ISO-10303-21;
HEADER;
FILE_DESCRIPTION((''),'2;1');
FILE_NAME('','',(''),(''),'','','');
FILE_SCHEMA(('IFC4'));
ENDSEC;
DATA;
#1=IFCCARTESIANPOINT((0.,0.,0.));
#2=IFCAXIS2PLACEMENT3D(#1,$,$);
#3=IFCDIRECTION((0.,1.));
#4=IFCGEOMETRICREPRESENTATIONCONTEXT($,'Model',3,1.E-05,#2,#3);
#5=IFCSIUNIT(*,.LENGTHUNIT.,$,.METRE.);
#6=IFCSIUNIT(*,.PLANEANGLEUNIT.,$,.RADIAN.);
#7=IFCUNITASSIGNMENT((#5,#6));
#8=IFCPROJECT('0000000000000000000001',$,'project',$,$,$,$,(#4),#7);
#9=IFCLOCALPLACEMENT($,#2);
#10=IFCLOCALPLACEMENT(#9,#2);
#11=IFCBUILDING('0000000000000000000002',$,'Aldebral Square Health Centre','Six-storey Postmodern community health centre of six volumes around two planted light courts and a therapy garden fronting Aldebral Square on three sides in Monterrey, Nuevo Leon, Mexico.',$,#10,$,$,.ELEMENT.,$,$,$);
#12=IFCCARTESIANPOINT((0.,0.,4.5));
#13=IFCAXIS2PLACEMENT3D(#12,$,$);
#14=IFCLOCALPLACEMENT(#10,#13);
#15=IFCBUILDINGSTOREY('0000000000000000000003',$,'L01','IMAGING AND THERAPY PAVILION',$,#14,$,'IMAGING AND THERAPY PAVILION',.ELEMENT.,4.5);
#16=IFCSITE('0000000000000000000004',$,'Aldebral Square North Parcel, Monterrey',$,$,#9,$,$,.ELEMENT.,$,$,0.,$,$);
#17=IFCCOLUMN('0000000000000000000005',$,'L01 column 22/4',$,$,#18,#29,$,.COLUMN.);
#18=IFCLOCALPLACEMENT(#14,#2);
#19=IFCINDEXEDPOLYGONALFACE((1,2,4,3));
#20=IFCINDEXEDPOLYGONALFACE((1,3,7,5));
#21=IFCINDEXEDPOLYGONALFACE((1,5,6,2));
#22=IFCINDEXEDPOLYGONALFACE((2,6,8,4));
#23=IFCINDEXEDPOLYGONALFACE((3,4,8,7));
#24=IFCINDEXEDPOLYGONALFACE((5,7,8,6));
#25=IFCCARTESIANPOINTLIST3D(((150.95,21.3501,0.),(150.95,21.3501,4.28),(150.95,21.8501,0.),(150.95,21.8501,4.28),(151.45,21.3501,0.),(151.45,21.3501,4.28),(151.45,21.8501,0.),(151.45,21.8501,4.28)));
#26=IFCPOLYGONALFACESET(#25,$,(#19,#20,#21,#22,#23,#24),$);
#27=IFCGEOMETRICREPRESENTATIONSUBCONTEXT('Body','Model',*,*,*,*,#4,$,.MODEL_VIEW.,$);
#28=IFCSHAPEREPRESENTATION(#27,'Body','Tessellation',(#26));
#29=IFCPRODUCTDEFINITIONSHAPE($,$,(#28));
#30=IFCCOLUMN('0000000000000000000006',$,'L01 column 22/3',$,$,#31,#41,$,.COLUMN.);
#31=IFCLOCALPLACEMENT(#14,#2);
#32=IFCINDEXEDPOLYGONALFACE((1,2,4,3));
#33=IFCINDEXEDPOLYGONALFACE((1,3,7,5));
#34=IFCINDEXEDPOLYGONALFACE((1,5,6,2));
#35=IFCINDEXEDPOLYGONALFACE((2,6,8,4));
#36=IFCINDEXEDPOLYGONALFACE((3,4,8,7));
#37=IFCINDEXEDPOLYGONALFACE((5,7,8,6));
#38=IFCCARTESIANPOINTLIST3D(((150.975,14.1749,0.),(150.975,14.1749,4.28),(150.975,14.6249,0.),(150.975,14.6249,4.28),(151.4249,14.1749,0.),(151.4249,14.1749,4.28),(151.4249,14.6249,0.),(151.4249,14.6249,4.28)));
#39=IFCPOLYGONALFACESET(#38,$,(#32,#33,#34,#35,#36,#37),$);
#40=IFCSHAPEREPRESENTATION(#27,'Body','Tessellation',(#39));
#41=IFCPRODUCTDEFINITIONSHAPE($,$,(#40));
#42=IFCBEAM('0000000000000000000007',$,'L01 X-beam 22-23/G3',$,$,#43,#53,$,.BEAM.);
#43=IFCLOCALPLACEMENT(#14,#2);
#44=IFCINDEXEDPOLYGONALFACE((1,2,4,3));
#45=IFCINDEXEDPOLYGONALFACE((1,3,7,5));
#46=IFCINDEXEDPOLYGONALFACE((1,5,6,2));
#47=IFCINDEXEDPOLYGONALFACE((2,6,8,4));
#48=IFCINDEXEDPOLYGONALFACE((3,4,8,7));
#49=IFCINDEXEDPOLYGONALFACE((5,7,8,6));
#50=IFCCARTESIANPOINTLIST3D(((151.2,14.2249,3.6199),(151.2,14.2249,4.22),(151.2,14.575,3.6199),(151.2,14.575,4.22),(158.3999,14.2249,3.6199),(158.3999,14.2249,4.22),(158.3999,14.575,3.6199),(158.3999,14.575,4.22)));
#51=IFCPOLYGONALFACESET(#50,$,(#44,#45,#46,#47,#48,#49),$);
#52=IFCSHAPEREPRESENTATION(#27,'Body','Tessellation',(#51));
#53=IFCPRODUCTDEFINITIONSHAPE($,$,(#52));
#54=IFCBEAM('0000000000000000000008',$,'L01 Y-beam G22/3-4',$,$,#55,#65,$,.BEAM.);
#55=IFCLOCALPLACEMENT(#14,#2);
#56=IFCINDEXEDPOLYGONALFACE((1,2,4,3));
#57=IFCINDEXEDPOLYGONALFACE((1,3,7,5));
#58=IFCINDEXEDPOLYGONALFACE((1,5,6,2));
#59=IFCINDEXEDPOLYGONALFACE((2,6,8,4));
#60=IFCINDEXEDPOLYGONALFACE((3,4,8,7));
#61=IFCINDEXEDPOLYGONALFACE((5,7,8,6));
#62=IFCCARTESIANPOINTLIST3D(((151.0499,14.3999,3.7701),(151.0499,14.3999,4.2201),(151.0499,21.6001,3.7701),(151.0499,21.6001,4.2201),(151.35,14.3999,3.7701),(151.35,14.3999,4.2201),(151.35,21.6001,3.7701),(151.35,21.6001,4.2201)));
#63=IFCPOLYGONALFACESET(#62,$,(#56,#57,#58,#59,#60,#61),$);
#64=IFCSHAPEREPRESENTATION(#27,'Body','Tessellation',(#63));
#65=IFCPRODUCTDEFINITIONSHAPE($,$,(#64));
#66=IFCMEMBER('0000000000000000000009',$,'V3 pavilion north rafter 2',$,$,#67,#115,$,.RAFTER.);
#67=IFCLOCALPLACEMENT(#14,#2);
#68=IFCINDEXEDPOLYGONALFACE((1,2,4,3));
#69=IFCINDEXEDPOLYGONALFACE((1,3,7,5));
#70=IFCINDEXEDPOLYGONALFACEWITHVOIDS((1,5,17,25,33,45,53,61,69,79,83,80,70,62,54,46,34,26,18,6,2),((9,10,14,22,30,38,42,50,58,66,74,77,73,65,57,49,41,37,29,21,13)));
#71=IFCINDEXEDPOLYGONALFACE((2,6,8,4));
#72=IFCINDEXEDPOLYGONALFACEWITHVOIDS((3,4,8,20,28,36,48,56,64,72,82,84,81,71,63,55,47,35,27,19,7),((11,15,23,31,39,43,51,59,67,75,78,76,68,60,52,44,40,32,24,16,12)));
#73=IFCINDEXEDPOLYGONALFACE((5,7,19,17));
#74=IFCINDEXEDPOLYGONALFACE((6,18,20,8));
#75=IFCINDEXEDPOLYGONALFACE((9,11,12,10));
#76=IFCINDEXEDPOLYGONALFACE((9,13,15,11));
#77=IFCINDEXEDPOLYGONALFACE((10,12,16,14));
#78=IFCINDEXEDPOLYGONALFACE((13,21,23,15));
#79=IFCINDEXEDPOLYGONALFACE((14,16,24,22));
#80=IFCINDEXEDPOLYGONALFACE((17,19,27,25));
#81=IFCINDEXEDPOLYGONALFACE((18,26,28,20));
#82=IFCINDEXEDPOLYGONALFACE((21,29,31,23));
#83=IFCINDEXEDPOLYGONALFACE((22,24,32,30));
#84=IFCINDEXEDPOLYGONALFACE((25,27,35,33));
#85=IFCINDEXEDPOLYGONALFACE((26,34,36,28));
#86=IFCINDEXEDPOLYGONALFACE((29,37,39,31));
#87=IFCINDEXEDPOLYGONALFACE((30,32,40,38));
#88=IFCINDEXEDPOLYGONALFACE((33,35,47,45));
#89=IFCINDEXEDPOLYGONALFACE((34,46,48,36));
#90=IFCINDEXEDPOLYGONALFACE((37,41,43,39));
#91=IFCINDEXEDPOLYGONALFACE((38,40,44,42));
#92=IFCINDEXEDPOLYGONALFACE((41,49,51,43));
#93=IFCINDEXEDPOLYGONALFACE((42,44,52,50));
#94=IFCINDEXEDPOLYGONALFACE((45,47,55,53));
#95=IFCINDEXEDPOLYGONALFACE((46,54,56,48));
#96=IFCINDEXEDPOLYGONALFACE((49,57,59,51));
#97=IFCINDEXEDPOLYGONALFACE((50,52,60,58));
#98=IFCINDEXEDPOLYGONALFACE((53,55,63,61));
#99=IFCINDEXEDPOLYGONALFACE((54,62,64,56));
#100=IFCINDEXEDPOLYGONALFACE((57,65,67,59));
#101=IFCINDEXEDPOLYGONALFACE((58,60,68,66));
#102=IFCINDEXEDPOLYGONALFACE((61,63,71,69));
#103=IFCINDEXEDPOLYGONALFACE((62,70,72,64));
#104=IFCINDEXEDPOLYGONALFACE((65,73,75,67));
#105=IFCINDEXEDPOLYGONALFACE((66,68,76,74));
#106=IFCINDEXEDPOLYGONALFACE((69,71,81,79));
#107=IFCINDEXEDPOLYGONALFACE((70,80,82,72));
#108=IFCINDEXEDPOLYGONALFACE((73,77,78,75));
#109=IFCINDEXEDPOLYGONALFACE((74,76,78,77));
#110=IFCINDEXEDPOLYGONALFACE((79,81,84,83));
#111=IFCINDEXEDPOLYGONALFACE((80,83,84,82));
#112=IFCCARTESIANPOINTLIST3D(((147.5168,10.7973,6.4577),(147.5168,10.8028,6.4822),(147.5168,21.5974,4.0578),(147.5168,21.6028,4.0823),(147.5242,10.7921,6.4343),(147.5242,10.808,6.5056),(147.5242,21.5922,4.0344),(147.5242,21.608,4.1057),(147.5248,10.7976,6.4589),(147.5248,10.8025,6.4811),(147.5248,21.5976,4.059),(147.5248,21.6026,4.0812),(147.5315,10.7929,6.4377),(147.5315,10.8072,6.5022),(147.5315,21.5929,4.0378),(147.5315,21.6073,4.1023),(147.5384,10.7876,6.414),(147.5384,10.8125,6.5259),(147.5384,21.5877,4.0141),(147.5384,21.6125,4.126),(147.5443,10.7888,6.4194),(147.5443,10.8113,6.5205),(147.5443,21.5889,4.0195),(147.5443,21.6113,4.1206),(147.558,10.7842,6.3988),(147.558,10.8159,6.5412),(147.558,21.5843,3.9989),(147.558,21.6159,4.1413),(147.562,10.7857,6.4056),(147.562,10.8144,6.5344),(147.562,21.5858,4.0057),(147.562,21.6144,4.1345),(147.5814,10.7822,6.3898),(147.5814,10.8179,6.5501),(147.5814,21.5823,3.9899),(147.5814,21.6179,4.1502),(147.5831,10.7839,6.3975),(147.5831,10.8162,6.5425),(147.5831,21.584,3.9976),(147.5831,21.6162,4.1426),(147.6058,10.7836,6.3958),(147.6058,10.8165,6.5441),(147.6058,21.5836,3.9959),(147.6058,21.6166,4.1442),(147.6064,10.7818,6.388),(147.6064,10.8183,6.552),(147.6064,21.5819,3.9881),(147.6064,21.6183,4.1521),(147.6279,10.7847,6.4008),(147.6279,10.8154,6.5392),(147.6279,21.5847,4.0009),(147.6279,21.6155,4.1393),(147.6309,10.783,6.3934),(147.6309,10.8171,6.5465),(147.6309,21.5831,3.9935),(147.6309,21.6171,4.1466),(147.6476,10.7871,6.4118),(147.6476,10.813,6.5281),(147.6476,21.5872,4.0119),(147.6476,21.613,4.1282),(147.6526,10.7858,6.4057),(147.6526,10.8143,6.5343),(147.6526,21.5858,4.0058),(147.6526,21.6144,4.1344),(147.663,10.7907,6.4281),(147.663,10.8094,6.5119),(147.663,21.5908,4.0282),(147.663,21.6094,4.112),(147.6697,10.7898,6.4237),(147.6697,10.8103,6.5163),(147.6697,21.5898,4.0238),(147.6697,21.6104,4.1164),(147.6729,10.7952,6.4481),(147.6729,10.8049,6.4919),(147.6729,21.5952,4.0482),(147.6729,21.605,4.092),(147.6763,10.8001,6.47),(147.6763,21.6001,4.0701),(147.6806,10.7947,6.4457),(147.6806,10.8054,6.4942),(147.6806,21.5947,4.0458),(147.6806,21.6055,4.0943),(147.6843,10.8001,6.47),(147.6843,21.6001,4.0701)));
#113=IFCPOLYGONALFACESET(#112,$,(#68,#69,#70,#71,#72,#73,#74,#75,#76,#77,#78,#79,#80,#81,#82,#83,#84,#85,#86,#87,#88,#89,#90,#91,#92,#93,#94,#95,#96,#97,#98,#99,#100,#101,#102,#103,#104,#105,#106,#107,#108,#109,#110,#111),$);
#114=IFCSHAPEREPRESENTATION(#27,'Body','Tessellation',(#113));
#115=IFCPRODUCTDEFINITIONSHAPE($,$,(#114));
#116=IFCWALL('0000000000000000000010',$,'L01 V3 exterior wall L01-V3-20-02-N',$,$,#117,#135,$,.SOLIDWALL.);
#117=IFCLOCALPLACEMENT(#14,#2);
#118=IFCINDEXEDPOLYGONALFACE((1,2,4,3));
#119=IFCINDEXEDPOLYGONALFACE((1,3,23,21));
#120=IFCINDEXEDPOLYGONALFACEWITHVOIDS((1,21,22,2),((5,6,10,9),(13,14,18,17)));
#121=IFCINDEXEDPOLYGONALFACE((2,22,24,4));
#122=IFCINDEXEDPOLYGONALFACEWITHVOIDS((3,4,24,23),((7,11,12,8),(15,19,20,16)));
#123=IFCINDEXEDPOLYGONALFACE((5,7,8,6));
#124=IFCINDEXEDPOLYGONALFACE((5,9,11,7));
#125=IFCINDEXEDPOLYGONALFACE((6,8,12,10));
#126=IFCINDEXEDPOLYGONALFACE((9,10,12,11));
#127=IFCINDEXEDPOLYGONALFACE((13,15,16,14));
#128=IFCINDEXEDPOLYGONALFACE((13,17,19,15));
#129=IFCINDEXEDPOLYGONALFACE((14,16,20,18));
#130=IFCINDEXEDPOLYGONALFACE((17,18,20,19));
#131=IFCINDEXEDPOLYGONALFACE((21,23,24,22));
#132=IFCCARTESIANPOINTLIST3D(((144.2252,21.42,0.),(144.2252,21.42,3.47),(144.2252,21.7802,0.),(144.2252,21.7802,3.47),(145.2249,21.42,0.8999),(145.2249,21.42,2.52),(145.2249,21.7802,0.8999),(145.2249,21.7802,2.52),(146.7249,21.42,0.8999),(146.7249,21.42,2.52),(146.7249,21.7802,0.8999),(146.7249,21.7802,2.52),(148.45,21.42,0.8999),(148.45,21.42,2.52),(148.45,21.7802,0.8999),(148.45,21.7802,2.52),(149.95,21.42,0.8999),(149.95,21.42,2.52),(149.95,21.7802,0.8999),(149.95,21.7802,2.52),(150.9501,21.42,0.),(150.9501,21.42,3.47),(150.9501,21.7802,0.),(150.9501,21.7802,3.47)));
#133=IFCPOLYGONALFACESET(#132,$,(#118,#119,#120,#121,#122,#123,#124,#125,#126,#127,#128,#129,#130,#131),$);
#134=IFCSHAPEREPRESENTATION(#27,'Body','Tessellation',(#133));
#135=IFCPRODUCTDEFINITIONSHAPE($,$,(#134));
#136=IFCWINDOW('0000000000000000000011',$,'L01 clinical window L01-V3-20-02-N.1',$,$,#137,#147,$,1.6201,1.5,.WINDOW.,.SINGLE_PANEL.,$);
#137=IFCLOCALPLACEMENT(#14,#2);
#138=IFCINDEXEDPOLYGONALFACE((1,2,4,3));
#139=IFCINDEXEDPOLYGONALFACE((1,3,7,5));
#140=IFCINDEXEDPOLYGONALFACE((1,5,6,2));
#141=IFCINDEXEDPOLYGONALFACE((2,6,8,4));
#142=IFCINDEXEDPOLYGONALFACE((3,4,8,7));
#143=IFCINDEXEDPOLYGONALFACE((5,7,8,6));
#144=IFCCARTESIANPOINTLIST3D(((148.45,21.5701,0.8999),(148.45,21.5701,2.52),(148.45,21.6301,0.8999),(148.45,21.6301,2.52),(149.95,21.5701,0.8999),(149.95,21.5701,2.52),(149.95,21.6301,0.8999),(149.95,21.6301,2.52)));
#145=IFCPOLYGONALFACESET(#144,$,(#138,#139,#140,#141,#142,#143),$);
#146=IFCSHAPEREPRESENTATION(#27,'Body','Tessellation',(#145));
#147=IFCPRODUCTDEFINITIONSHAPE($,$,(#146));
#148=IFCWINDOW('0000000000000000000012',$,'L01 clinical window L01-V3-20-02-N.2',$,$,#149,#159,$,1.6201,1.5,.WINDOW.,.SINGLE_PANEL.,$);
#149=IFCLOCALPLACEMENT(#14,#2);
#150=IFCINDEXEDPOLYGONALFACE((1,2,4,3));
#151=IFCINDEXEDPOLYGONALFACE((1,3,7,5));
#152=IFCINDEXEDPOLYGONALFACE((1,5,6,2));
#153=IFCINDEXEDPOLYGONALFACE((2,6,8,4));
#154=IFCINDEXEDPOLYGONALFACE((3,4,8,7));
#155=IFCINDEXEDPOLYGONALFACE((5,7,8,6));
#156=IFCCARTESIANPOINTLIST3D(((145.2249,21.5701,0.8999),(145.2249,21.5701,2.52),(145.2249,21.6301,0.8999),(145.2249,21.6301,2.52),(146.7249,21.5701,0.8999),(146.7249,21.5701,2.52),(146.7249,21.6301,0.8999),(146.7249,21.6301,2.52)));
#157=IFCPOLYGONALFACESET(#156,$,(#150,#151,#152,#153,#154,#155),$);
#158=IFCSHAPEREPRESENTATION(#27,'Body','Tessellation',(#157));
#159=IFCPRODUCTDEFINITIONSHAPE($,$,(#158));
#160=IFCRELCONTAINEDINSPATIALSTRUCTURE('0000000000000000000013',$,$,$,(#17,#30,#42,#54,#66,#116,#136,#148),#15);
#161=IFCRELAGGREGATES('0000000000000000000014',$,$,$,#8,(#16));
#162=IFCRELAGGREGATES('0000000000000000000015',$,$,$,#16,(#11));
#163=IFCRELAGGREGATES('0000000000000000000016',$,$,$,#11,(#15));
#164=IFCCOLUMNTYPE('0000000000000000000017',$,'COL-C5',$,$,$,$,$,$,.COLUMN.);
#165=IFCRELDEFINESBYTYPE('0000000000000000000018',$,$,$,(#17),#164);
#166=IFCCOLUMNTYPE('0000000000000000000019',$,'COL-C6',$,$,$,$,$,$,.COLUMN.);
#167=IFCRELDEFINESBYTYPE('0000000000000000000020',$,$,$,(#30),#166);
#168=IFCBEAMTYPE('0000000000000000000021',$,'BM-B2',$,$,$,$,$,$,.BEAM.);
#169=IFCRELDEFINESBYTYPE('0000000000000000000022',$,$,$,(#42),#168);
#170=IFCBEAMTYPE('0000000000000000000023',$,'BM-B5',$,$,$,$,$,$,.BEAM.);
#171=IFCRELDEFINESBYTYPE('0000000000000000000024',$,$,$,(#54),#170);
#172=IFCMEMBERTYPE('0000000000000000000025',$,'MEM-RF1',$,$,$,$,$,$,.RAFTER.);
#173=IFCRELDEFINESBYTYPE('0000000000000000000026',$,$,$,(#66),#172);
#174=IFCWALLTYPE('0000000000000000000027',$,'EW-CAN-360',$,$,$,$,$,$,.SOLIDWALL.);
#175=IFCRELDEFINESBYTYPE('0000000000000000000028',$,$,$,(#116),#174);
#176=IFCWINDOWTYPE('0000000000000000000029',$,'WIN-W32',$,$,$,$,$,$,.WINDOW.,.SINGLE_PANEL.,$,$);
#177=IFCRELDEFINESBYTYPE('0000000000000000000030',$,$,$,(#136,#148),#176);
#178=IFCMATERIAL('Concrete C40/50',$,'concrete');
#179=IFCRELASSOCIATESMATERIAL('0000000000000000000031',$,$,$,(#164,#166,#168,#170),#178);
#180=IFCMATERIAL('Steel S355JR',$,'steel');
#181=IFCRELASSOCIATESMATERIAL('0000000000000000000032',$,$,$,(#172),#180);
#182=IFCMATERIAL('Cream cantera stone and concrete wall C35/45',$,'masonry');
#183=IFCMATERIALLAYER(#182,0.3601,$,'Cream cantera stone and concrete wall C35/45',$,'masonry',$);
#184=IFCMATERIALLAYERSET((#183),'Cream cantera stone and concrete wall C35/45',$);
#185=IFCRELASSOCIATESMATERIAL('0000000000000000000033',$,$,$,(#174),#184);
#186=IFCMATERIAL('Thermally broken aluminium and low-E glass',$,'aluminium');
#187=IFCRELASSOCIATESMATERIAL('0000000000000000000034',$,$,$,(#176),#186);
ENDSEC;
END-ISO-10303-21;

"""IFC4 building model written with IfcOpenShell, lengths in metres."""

from ifc_helpers import new_model, si_unit, direction, frame, frame_2d, origin, origin_2d, place, context, subcontext, project, spatial, rectangle, hollow_circle, extrude, material, layer, layer_set, material_profile, profile_set, type_object, element, fill, save


model = new_model("IFC4")

# Units and contexts
model_context = context("Model", 3, precision=1e-05, world=origin(), true_north=direction((0.0, 1.0)))
body_context = subcontext(model_context, "Body", "Model", "MODEL_VIEW")
ifc_project = project(units=[si_unit("LENGTHUNIT", "METRE"), si_unit("PLANEANGLEUNIT", "RADIAN")], contexts=[model_context])

# Site, building, storey
site_placement = place(None, origin())
site = spatial("IfcSite", under=ifc_project, at=site_placement, Name="Aldebral Square North Parcel, Monterrey", CompositionType="ELEMENT", RefElevation=0.0)
building_placement = place(site_placement, origin())
building = spatial("IfcBuilding", under=site, at=building_placement, Name="Aldebral Square Health Centre", Description="Six-storey Postmodern community health centre of six volumes around two planted light courts and a therapy garden fronting Aldebral Square on three sides in Monterrey, Nuevo Leon, Mexico.", CompositionType="ELEMENT")
storey_placement = place(building_placement, frame((0.0, 0.0, 4.5)))
storey = spatial("IfcBuildingStorey", under=building, at=storey_placement, Name="L01", Description="IMAGING AND THERAPY PAVILION", LongName="IMAGING AND THERAPY PAVILION", CompositionType="ELEMENT", Elevation=4.5)

# Columns
ifc_material_1 = material(Name="Concrete C40/50", Category="concrete")
ifc_material_profile_1 = material_profile(ifc_material_1, rectangle(XDim=0.5, YDim=0.5, at=origin_2d()), Name="RC 500x500")
ifc_profile_set_1 = profile_set([ifc_material_profile_1], Name="Concrete C40/50")
column_type_1 = type_object("IfcColumnType", Name="COL-C5", PredefinedType="COLUMN", material=ifc_profile_set_1)
column_1_placement = place(storey_placement, frame((151.2, 21.6001, 0.0), z_axis=(0.0, 0.0, 1.0), x_axis=(1.0, 0.0, 0.0)))
element("IfcColumn", 1, at=column_1_placement, inside=storey, type_object=column_type_1, Name="L01 column 22/4", PredefinedType="COLUMN", context=body_context, shape_type="SweptSolid", body=[
    extrude(rectangle(XDim=0.5, YDim=0.5, at=origin_2d()), origin(), (0.0, 0.0, 1.0), 4.28),
])
ifc_material_profile_2 = material_profile(ifc_material_1, rectangle(XDim=0.45, YDim=0.45, at=origin_2d()), Name="RC 450x450")
ifc_profile_set_2 = profile_set([ifc_material_profile_2], Name="Concrete C40/50")
column_type_2 = type_object("IfcColumnType", Name="COL-C6", PredefinedType="COLUMN", material=ifc_profile_set_2)
column_2_placement = place(storey_placement, frame((151.2, 14.3999, 0.0), z_axis=(0.0, 0.0, 1.0), x_axis=(1.0, 0.0, 0.0)))
element("IfcColumn", 2, at=column_2_placement, inside=storey, type_object=column_type_2, Name="L01 column 22/3", PredefinedType="COLUMN", context=body_context, shape_type="SweptSolid", body=[
    extrude(rectangle(XDim=0.45, YDim=0.45, at=origin_2d()), origin(), (0.0, 0.0, 1.0), 4.28),
])

# Beams
ifc_material_profile_3 = material_profile(ifc_material_1, rectangle(XDim=0.3501, YDim=0.6001, at=origin_2d()), Name="RC 350x600")
ifc_profile_set_3 = profile_set([ifc_material_profile_3], Name="Concrete C40/50")
beam_type_1 = type_object("IfcBeamType", Name="BM-B2", PredefinedType="BEAM", material=ifc_profile_set_3)
beam_1_placement = place(storey_placement, frame((151.2, 14.3999, 3.9199), z_axis=(1.0, 0.0, 0.0), x_axis=(0.0, 1.0, 0.0)))
element("IfcBeam", 3, at=beam_1_placement, inside=storey, type_object=beam_type_1, Name="L01 X-beam 22-23/G3", PredefinedType="BEAM", context=body_context, shape_type="SweptSolid", body=[
    extrude(rectangle(XDim=0.3501, YDim=0.6001, at=origin_2d()), origin(), (0.0, 0.0, 1.0), 7.2),
])
ifc_material_profile_4 = material_profile(ifc_material_1, rectangle(XDim=0.3, YDim=0.45, at=origin_2d()), Name="RC 300x450")
ifc_profile_set_4 = profile_set([ifc_material_profile_4], Name="Concrete C40/50")
beam_type_2 = type_object("IfcBeamType", Name="BM-B5", PredefinedType="BEAM", material=ifc_profile_set_4)
beam_2_placement = place(storey_placement, frame((151.2, 14.3999, 3.9951), z_axis=(0.0, 1.0, 0.0), x_axis=(-1.0, 0.0, 0.0)))
element("IfcBeam", 4, at=beam_2_placement, inside=storey, type_object=beam_type_2, Name="L01 Y-beam G22/3-4", PredefinedType="BEAM", context=body_context, shape_type="SweptSolid", body=[
    extrude(rectangle(XDim=0.3, YDim=0.45, at=origin_2d()), origin(), (0.0, 0.0, 1.0), 7.2002),
])

# Member
ifc_material_2 = material(Name="Steel S355JR", Category="steel")
ifc_material_profile_5 = material_profile(ifc_material_2, hollow_circle(Radius=0.0842, WallThickness=0.0081, at=origin_2d()), Name="168.3x8.0 CHS")
ifc_profile_set_5 = profile_set([ifc_material_profile_5], Name="Steel S355JR")
member_type = type_object("IfcMemberType", Name="MEM-RF1", PredefinedType="RAFTER", material=ifc_profile_set_5)
member_placement = place(storey_placement, frame((147.6001, 21.6001, 4.0701), z_axis=(0.0, -0.976189, 0.216921), x_axis=(1.0, 0.0, 0.0)))
element("IfcMember", 5, at=member_placement, inside=storey, type_object=member_type, Name="V3 pavilion north rafter 2", PredefinedType="RAFTER", context=body_context, shape_type="SweptSolid", body=[
    extrude(hollow_circle(Radius=0.0842, WallThickness=0.0081, at=origin_2d()), origin(), (0.0, 0.0, 1.0), 11.0635),
])

# Wall, openings, windows
ifc_material_3 = material(Name="Cream cantera stone and concrete wall C35/45", Category="masonry")
ifc_layer_1 = layer(ifc_material_3, 0.3601, Name="Cream cantera stone and concrete wall C35/45", Category="masonry")
ifc_layer_set_1 = layer_set([ifc_layer_1], Name="Cream cantera stone and concrete wall C35/45")
wall_type_1 = type_object("IfcWallType", Name="EW-CAN-360", PredefinedType="SOLIDWALL", material=ifc_layer_set_1)
wall_1_placement = place(storey_placement, frame((150.95, 21.6001, 0.0), z_axis=(0.0, 0.0, 1.0), x_axis=(-1.0, 0.0, 0.0)))
wall_1 = element("IfcWall", 6, at=wall_1_placement, inside=storey, type_object=wall_type_1, Name="L01 V3 exterior wall L01-V3-20-02-N", PredefinedType="SOLIDWALL", context=body_context, shape_type="SweptSolid", body=[
    extrude(rectangle(XDim=6.7249, YDim=0.3601, at=frame_2d((3.3623, 0.0))), origin(), (0.0, 0.0, 1.0), 3.47),
])
opening_1_placement = place(wall_1_placement, frame((1.0, 0.0, 0.8999)))
opening_1 = element("IfcOpeningElement", 7, at=opening_1_placement, cuts=wall_1, PredefinedType="OPENING", context=body_context, shape_type="SweptSolid", body=[
    extrude(rectangle(XDim=1.5, YDim=1.6201, at=frame_2d((0.75, 0.8101))), frame((0.0, 0.1899, 0.0), z_axis=(0.0, -1.0, 0.0), x_axis=(1.0, 0.0, 0.0)), (0.0, 0.0, 1.0), 0.3801),
])
opening_2_placement = place(wall_1_placement, frame((4.2251, 0.0, 0.8999)))
opening_2 = element("IfcOpeningElement", 8, at=opening_2_placement, cuts=wall_1, PredefinedType="OPENING", context=body_context, shape_type="SweptSolid", body=[
    extrude(rectangle(XDim=1.5, YDim=1.6201, at=frame_2d((0.75, 0.8101))), frame((0.0, 0.1899, 0.0), z_axis=(0.0, -1.0, 0.0), x_axis=(1.0, 0.0, 0.0)), (0.0, 0.0, 1.0), 0.3801),
])
ifc_material_4 = material(Name="Thermally broken aluminium and low-E glass", Category="aluminium")
window_type = type_object("IfcWindowType", Name="WIN-W32", PartitioningType="SINGLE_PANEL", PredefinedType="WINDOW", material=ifc_material_4)
window_1_placement = place(opening_1_placement, origin())
window_1 = element("IfcWindow", 9, at=window_1_placement, inside=storey, type_object=window_type, Name="L01 clinical window L01-V3-20-02-N.1", OverallHeight=1.6201, OverallWidth=1.5, PartitioningType="SINGLE_PANEL", PredefinedType="WINDOW", context=body_context, shape_type="SweptSolid", body=[
    extrude(rectangle(XDim=1.5, YDim=1.6201, at=frame_2d((0.75, 0.8101))), frame((0.0, 0.03, 0.0), z_axis=(0.0, -1.0, 0.0), x_axis=(1.0, 0.0, 0.0)), (0.0, 0.0, 1.0), 0.0601),
])
fill(opening_1, window_1)
window_2_placement = place(opening_2_placement, origin())
window_2 = element("IfcWindow", 10, at=window_2_placement, inside=storey, type_object=window_type, Name="L01 clinical window L01-V3-20-02-N.2", OverallHeight=1.6201, OverallWidth=1.5, PartitioningType="SINGLE_PANEL", PredefinedType="WINDOW", context=body_context, shape_type="SweptSolid", body=[
    extrude(rectangle(XDim=1.5, YDim=1.6201, at=frame_2d((0.75, 0.8101))), frame((0.0, 0.03, 0.0), z_axis=(0.0, -1.0, 0.0), x_axis=(1.0, 0.0, 0.0)), (0.0, 0.0, 1.0), 0.0601),
])
fill(opening_2, window_2)

save(model, "model.ifc")
